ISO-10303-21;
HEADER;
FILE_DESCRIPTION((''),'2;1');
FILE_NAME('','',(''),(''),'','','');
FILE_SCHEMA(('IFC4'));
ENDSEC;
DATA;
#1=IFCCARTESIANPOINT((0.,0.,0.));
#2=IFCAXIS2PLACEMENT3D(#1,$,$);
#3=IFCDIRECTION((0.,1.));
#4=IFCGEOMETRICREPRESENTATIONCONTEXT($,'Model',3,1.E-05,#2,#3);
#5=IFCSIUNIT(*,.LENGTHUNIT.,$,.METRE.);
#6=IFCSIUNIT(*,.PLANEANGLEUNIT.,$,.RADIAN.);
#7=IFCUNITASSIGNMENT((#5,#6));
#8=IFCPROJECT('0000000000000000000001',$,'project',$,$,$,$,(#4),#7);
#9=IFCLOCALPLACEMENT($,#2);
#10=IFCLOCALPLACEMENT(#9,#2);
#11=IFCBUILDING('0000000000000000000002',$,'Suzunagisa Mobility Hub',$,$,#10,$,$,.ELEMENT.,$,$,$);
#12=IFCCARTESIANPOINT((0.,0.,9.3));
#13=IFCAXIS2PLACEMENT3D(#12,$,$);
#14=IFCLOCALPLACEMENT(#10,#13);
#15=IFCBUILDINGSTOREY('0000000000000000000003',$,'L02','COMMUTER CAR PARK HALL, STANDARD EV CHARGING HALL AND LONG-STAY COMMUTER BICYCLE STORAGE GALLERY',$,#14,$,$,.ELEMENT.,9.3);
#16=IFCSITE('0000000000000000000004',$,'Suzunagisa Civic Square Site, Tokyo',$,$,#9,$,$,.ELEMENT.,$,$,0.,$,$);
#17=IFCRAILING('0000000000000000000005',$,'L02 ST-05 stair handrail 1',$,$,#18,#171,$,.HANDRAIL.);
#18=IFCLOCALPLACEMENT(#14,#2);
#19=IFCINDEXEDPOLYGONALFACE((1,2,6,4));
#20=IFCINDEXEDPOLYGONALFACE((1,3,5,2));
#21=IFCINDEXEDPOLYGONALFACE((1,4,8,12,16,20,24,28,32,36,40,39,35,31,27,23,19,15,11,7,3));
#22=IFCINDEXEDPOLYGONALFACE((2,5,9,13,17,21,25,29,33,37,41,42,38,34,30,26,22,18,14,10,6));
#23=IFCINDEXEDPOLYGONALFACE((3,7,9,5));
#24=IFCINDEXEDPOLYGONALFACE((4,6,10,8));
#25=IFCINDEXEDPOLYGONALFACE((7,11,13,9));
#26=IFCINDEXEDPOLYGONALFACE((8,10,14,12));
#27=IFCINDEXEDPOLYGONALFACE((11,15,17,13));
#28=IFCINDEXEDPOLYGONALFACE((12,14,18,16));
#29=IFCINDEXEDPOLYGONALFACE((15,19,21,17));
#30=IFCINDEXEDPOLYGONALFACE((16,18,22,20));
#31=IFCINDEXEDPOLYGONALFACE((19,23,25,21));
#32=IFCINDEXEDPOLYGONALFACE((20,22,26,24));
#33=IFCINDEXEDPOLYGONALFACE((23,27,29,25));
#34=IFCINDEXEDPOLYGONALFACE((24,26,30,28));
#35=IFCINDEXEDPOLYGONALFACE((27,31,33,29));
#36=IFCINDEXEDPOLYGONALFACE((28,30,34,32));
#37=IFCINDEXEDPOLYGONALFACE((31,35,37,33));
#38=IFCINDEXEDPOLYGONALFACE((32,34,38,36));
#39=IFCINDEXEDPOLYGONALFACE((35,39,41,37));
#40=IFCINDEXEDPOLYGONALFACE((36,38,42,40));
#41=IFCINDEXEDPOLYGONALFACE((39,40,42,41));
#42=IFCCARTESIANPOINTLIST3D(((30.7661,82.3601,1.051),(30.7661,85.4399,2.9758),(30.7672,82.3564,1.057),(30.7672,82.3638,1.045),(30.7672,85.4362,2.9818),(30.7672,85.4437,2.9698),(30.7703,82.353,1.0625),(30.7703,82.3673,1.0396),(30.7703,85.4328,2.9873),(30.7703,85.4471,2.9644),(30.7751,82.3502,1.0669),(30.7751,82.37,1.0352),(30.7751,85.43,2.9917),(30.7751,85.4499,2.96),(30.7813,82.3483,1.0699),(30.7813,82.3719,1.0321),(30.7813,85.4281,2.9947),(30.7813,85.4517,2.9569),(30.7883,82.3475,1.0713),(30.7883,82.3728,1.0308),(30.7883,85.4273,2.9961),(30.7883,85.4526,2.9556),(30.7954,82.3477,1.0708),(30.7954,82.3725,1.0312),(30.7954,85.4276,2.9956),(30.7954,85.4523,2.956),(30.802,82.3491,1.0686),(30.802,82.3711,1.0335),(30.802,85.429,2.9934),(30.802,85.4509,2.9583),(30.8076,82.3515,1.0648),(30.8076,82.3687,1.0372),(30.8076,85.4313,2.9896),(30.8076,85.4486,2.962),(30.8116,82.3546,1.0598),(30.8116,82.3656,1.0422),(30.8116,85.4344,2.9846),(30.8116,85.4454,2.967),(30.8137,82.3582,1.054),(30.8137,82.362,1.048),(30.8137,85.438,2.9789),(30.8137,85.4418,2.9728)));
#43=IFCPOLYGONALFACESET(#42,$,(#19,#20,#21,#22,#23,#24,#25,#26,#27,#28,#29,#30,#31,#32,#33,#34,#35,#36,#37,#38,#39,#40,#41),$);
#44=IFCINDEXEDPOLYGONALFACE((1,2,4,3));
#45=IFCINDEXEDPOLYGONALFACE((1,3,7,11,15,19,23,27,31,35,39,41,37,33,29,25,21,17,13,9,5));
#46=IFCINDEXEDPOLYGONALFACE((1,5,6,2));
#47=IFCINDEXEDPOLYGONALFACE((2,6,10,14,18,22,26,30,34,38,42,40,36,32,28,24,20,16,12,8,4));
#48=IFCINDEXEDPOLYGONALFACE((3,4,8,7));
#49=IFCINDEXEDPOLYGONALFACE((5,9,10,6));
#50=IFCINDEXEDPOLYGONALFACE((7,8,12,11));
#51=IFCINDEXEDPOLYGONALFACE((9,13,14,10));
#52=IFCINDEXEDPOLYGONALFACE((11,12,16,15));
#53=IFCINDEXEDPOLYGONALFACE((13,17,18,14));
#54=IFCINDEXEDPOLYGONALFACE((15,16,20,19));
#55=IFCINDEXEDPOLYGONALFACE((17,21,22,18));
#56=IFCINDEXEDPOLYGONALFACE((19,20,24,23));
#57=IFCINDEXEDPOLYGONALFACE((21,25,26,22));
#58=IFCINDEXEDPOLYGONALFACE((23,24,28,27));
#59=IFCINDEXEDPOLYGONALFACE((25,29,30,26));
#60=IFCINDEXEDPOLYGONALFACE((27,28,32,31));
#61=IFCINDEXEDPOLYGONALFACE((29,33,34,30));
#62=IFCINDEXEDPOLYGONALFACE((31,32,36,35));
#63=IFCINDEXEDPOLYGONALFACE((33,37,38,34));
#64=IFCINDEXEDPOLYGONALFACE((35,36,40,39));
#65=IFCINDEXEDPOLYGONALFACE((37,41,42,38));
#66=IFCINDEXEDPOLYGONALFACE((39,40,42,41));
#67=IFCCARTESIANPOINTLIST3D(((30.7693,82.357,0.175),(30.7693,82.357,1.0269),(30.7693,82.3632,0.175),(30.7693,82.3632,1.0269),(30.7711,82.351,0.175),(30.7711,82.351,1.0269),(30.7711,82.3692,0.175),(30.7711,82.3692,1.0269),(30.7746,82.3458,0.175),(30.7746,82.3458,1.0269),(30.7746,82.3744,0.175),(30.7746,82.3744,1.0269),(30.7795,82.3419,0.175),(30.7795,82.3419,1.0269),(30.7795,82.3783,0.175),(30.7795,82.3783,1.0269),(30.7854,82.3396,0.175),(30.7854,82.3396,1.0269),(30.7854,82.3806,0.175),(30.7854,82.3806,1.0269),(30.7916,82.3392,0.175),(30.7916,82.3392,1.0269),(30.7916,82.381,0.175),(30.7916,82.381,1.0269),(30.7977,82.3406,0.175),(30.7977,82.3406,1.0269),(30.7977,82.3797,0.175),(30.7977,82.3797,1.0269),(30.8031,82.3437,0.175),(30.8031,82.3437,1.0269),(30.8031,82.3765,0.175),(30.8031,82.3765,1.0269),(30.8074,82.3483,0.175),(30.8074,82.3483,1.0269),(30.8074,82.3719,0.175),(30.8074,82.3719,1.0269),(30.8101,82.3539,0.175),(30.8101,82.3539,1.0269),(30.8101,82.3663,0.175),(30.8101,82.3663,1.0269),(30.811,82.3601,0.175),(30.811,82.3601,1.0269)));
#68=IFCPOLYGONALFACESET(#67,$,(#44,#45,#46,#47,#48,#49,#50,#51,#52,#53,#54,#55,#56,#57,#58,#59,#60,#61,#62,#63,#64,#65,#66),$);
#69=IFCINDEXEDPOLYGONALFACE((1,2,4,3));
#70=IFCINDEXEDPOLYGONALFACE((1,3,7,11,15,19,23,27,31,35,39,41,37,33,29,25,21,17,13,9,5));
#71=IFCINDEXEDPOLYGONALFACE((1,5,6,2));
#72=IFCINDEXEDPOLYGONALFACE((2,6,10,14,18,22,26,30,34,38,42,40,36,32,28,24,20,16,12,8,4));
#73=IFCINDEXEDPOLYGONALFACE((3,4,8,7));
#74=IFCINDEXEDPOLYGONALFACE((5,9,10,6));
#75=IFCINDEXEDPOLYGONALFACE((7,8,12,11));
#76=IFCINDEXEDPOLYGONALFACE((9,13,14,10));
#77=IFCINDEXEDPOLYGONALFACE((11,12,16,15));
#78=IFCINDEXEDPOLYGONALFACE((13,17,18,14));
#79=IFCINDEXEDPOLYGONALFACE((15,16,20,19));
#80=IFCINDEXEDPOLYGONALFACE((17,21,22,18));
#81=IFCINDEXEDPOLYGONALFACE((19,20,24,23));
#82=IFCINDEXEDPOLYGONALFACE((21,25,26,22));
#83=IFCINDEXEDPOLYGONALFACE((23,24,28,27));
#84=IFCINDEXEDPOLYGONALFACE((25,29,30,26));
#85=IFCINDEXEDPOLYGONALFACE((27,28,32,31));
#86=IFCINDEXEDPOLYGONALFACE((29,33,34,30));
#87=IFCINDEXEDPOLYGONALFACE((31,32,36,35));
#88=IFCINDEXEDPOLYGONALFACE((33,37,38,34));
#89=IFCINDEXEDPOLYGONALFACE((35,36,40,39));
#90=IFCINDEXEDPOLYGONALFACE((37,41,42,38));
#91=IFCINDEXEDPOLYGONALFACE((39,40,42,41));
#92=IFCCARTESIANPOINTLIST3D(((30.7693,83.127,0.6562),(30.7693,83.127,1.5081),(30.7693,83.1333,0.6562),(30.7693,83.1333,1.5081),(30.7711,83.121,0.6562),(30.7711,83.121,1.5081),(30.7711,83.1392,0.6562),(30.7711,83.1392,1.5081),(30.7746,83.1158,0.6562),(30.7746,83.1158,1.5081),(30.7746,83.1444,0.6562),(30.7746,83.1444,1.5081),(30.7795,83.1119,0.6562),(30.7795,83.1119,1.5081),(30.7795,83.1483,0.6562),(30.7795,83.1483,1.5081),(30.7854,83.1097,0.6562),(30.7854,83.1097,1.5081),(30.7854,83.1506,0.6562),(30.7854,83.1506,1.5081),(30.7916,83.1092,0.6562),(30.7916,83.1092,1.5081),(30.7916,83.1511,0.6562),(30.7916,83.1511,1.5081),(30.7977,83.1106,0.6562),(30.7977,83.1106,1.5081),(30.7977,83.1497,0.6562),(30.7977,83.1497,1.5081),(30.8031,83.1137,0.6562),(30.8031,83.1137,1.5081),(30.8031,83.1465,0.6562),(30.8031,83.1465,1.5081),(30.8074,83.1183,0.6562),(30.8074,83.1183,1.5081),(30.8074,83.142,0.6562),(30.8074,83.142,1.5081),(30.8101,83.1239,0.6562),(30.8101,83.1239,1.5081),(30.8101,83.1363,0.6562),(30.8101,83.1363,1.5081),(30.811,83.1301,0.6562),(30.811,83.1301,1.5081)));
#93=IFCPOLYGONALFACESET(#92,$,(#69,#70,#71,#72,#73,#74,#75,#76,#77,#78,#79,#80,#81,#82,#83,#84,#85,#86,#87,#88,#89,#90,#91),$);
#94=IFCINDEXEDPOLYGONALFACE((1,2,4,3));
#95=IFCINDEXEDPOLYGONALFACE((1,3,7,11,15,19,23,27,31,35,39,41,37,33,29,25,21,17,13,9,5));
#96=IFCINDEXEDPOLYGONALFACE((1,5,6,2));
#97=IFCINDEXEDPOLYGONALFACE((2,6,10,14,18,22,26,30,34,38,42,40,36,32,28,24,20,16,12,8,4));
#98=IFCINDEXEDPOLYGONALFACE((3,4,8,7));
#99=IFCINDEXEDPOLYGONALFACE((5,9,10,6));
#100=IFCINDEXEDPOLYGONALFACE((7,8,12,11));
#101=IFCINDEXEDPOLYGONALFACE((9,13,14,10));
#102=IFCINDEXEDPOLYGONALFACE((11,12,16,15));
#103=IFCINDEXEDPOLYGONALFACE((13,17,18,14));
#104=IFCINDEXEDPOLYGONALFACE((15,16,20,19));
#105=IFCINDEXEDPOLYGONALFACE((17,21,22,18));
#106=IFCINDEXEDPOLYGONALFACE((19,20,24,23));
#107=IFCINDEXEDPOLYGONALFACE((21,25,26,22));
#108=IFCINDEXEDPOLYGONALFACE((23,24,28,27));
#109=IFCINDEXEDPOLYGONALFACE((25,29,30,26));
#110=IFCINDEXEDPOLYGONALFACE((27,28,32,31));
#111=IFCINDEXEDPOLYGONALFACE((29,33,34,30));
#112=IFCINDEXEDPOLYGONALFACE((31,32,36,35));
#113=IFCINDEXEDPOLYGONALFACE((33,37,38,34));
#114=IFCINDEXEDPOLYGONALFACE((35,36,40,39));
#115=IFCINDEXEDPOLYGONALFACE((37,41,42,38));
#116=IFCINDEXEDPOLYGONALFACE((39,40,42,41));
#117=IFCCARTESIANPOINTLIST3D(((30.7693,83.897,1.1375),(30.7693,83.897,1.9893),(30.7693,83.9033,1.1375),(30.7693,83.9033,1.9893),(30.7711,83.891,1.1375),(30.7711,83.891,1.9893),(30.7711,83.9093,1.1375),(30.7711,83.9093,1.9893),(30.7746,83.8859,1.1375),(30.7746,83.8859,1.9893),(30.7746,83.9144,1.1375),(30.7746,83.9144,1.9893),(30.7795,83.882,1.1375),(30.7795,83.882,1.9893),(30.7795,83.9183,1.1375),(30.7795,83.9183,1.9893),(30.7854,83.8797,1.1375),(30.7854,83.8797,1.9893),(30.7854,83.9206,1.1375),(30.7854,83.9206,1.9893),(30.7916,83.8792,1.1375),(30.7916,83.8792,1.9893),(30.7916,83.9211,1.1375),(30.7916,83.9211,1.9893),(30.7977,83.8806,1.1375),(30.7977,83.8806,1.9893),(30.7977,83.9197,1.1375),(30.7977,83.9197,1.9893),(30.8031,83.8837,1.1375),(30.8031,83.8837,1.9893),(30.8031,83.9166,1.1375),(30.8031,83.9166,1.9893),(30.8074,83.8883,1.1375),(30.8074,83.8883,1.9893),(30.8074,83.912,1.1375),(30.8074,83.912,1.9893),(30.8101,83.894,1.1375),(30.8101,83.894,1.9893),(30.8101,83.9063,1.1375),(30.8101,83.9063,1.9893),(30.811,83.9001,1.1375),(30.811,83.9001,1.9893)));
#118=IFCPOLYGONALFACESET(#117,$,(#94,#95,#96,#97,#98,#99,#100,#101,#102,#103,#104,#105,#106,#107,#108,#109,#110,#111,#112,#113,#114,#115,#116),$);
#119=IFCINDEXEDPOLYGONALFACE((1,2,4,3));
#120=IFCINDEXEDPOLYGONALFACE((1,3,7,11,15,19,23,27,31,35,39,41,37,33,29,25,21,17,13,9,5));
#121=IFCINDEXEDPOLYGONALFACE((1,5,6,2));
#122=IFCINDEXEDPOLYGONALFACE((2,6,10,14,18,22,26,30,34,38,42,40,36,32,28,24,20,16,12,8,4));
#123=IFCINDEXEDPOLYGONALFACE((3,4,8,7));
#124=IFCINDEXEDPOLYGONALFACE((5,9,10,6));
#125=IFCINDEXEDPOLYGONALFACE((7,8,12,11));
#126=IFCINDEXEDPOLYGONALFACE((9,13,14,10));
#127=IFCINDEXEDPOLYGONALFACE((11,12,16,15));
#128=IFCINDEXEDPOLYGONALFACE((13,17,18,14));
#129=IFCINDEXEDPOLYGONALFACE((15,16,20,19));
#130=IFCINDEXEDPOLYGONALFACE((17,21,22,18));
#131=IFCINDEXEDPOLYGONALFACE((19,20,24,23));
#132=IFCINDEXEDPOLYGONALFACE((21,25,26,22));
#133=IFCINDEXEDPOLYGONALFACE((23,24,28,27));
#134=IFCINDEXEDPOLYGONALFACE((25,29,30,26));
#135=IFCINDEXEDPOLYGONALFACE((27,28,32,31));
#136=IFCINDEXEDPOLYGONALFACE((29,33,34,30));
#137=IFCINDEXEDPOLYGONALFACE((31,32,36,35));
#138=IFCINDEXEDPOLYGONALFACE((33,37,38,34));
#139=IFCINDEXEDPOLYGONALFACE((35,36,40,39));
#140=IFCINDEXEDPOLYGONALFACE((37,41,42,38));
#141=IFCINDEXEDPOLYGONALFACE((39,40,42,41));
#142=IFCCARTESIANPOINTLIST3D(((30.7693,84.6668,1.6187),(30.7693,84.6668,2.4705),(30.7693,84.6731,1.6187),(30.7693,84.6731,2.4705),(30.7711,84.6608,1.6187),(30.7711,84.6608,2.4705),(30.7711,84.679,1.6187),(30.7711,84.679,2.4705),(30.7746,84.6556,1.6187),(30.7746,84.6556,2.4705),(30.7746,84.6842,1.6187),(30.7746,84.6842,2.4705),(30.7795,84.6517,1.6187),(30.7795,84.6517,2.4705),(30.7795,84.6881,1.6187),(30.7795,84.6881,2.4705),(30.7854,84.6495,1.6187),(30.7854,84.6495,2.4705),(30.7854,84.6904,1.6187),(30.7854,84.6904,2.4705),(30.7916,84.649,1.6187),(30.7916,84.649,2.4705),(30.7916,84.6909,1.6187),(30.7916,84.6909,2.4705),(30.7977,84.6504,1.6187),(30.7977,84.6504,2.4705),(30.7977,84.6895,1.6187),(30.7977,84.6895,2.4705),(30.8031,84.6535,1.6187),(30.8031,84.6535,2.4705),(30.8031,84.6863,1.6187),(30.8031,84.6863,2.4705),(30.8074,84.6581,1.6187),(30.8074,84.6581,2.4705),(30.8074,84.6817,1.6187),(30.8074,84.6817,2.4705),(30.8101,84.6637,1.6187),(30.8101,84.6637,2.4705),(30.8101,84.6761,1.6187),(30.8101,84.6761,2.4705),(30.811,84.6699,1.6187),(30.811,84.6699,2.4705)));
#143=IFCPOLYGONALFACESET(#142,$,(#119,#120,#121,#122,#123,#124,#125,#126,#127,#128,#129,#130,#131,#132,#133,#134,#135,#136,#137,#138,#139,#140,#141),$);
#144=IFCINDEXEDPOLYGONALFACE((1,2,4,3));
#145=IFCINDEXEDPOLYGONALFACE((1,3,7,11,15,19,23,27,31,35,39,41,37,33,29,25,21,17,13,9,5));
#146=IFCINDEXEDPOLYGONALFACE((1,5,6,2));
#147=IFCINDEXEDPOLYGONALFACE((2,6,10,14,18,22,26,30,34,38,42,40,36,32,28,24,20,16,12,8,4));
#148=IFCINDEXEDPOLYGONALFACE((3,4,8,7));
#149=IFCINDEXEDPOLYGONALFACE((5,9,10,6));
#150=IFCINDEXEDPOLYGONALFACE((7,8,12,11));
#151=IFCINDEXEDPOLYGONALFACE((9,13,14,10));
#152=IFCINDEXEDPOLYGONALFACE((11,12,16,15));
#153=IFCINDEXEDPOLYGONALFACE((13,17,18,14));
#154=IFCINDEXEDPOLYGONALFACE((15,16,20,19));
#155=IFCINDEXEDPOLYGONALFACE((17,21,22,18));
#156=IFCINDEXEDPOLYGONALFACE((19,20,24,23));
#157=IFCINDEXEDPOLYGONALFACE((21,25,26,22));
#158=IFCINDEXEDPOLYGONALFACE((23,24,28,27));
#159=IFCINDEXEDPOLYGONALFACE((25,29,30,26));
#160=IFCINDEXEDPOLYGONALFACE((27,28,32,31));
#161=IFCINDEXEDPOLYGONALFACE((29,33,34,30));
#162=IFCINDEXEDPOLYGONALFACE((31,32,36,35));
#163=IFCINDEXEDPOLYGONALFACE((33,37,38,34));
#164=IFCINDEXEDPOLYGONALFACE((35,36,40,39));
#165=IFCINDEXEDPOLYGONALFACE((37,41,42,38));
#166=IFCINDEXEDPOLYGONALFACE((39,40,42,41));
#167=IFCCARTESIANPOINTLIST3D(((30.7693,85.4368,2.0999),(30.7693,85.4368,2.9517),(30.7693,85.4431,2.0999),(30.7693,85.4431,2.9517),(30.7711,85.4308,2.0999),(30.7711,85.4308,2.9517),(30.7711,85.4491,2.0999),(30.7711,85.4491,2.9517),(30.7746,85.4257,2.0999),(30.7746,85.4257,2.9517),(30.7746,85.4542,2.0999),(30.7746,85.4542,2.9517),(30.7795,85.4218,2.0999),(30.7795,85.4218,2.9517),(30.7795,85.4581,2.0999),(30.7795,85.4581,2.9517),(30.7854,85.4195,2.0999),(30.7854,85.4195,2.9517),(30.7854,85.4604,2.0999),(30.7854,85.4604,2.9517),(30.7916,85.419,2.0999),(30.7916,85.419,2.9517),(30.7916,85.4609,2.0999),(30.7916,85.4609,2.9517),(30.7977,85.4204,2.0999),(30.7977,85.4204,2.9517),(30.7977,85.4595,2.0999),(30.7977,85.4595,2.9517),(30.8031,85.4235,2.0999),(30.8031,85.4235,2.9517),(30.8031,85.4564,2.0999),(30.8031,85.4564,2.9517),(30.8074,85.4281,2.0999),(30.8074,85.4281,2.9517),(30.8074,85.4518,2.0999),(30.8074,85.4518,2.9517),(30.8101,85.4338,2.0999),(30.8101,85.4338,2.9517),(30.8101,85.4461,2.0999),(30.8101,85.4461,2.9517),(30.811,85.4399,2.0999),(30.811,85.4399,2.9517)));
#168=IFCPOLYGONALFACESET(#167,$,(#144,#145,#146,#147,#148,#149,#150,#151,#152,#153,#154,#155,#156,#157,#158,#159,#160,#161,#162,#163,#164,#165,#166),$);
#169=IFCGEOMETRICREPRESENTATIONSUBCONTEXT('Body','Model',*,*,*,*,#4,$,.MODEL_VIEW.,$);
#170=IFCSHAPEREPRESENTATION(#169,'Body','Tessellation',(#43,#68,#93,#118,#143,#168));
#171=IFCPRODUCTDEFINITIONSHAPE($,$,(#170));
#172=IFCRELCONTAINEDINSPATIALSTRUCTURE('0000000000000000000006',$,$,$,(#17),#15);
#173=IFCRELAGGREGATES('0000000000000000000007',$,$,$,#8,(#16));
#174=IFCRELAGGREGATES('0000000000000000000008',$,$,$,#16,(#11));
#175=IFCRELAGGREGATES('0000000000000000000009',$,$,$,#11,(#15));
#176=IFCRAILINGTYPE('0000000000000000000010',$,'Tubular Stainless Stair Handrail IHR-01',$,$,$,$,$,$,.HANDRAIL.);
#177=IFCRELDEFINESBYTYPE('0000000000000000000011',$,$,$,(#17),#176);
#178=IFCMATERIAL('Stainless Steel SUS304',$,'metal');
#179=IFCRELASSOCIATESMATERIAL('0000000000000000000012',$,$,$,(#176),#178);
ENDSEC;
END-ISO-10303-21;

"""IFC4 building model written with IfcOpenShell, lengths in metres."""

from ifc_helpers import new_model, si_unit, direction, frame, origin, origin_2d, place, context, subcontext, project, spatial, circle, extrude, material, type_object, element, save


model = new_model("IFC4")

# Units and contexts
model_context = context("Model", 3, precision=1e-05, world=origin(), true_north=direction((0.0, 1.0)))
body_context = subcontext(model_context, "Body", "Model", "MODEL_VIEW")
ifc_project = project(units=[si_unit("LENGTHUNIT", "METRE"), si_unit("PLANEANGLEUNIT", "RADIAN")], contexts=[model_context])

# Site, building, storey
site_placement = place(None, origin())
site = spatial("IfcSite", under=ifc_project, at=site_placement, Name="Suzunagisa Civic Square Site, Tokyo", CompositionType="ELEMENT", RefElevation=0.0)
building_placement = place(site_placement, origin())
building = spatial("IfcBuilding", under=site, at=building_placement, Name="Suzunagisa Mobility Hub", CompositionType="ELEMENT")
storey_placement = place(building_placement, frame((0.0, 0.0, 9.3)))
storey = spatial("IfcBuildingStorey", under=building, at=storey_placement, Name="L02", Description="COMMUTER CAR PARK HALL, STANDARD EV CHARGING HALL AND LONG-STAY COMMUTER BICYCLE STORAGE GALLERY", CompositionType="ELEMENT", Elevation=9.3)

# Railing
ifc_material_1 = material(Name="Stainless Steel SUS304", Category="metal")
railing_type_1 = type_object("IfcRailingType", Name="Tubular Stainless Stair Handrail IHR-01", PredefinedType="HANDRAIL", material=ifc_material_1)
railing_1_placement = place(storey_placement, frame((30.79, 82.3601, 0.175)))
element("IfcRailing", 1, at=railing_1_placement, inside=storey, type_object=railing_type_1, Name="L02 ST-05 stair handrail 1", PredefinedType="HANDRAIL", context=body_context, shape_type="SweptSolid", body=[
    extrude(circle(Radius=0.0239, at=origin_2d()), frame((0.0, 0.0, 0.876), z_axis=(0.0, 0.84801, 0.529981), x_axis=(-1.0, 0.0, 0.0)), (0.0, 0.0, 1.0), 3.6318),
    extrude(circle(Radius=0.021, at=origin_2d()), origin(), (0.0, 0.0, 1.0), 0.8518),
    extrude(circle(Radius=0.021, at=origin_2d()), frame((0.0, 0.77, 0.4812)), (0.0, 0.0, 1.0), 0.8518),
    extrude(circle(Radius=0.021, at=origin_2d()), frame((0.0, 1.54, 0.9624)), (0.0, 0.0, 1.0), 0.8518),
    extrude(circle(Radius=0.021, at=origin_2d()), frame((0.0, 2.3098, 1.4436)), (0.0, 0.0, 1.0), 0.8518),
    extrude(circle(Radius=0.021, at=origin_2d()), frame((0.0, 3.0798, 1.9248)), (0.0, 0.0, 1.0), 0.8518),
])

save(model, "model.ifc")
